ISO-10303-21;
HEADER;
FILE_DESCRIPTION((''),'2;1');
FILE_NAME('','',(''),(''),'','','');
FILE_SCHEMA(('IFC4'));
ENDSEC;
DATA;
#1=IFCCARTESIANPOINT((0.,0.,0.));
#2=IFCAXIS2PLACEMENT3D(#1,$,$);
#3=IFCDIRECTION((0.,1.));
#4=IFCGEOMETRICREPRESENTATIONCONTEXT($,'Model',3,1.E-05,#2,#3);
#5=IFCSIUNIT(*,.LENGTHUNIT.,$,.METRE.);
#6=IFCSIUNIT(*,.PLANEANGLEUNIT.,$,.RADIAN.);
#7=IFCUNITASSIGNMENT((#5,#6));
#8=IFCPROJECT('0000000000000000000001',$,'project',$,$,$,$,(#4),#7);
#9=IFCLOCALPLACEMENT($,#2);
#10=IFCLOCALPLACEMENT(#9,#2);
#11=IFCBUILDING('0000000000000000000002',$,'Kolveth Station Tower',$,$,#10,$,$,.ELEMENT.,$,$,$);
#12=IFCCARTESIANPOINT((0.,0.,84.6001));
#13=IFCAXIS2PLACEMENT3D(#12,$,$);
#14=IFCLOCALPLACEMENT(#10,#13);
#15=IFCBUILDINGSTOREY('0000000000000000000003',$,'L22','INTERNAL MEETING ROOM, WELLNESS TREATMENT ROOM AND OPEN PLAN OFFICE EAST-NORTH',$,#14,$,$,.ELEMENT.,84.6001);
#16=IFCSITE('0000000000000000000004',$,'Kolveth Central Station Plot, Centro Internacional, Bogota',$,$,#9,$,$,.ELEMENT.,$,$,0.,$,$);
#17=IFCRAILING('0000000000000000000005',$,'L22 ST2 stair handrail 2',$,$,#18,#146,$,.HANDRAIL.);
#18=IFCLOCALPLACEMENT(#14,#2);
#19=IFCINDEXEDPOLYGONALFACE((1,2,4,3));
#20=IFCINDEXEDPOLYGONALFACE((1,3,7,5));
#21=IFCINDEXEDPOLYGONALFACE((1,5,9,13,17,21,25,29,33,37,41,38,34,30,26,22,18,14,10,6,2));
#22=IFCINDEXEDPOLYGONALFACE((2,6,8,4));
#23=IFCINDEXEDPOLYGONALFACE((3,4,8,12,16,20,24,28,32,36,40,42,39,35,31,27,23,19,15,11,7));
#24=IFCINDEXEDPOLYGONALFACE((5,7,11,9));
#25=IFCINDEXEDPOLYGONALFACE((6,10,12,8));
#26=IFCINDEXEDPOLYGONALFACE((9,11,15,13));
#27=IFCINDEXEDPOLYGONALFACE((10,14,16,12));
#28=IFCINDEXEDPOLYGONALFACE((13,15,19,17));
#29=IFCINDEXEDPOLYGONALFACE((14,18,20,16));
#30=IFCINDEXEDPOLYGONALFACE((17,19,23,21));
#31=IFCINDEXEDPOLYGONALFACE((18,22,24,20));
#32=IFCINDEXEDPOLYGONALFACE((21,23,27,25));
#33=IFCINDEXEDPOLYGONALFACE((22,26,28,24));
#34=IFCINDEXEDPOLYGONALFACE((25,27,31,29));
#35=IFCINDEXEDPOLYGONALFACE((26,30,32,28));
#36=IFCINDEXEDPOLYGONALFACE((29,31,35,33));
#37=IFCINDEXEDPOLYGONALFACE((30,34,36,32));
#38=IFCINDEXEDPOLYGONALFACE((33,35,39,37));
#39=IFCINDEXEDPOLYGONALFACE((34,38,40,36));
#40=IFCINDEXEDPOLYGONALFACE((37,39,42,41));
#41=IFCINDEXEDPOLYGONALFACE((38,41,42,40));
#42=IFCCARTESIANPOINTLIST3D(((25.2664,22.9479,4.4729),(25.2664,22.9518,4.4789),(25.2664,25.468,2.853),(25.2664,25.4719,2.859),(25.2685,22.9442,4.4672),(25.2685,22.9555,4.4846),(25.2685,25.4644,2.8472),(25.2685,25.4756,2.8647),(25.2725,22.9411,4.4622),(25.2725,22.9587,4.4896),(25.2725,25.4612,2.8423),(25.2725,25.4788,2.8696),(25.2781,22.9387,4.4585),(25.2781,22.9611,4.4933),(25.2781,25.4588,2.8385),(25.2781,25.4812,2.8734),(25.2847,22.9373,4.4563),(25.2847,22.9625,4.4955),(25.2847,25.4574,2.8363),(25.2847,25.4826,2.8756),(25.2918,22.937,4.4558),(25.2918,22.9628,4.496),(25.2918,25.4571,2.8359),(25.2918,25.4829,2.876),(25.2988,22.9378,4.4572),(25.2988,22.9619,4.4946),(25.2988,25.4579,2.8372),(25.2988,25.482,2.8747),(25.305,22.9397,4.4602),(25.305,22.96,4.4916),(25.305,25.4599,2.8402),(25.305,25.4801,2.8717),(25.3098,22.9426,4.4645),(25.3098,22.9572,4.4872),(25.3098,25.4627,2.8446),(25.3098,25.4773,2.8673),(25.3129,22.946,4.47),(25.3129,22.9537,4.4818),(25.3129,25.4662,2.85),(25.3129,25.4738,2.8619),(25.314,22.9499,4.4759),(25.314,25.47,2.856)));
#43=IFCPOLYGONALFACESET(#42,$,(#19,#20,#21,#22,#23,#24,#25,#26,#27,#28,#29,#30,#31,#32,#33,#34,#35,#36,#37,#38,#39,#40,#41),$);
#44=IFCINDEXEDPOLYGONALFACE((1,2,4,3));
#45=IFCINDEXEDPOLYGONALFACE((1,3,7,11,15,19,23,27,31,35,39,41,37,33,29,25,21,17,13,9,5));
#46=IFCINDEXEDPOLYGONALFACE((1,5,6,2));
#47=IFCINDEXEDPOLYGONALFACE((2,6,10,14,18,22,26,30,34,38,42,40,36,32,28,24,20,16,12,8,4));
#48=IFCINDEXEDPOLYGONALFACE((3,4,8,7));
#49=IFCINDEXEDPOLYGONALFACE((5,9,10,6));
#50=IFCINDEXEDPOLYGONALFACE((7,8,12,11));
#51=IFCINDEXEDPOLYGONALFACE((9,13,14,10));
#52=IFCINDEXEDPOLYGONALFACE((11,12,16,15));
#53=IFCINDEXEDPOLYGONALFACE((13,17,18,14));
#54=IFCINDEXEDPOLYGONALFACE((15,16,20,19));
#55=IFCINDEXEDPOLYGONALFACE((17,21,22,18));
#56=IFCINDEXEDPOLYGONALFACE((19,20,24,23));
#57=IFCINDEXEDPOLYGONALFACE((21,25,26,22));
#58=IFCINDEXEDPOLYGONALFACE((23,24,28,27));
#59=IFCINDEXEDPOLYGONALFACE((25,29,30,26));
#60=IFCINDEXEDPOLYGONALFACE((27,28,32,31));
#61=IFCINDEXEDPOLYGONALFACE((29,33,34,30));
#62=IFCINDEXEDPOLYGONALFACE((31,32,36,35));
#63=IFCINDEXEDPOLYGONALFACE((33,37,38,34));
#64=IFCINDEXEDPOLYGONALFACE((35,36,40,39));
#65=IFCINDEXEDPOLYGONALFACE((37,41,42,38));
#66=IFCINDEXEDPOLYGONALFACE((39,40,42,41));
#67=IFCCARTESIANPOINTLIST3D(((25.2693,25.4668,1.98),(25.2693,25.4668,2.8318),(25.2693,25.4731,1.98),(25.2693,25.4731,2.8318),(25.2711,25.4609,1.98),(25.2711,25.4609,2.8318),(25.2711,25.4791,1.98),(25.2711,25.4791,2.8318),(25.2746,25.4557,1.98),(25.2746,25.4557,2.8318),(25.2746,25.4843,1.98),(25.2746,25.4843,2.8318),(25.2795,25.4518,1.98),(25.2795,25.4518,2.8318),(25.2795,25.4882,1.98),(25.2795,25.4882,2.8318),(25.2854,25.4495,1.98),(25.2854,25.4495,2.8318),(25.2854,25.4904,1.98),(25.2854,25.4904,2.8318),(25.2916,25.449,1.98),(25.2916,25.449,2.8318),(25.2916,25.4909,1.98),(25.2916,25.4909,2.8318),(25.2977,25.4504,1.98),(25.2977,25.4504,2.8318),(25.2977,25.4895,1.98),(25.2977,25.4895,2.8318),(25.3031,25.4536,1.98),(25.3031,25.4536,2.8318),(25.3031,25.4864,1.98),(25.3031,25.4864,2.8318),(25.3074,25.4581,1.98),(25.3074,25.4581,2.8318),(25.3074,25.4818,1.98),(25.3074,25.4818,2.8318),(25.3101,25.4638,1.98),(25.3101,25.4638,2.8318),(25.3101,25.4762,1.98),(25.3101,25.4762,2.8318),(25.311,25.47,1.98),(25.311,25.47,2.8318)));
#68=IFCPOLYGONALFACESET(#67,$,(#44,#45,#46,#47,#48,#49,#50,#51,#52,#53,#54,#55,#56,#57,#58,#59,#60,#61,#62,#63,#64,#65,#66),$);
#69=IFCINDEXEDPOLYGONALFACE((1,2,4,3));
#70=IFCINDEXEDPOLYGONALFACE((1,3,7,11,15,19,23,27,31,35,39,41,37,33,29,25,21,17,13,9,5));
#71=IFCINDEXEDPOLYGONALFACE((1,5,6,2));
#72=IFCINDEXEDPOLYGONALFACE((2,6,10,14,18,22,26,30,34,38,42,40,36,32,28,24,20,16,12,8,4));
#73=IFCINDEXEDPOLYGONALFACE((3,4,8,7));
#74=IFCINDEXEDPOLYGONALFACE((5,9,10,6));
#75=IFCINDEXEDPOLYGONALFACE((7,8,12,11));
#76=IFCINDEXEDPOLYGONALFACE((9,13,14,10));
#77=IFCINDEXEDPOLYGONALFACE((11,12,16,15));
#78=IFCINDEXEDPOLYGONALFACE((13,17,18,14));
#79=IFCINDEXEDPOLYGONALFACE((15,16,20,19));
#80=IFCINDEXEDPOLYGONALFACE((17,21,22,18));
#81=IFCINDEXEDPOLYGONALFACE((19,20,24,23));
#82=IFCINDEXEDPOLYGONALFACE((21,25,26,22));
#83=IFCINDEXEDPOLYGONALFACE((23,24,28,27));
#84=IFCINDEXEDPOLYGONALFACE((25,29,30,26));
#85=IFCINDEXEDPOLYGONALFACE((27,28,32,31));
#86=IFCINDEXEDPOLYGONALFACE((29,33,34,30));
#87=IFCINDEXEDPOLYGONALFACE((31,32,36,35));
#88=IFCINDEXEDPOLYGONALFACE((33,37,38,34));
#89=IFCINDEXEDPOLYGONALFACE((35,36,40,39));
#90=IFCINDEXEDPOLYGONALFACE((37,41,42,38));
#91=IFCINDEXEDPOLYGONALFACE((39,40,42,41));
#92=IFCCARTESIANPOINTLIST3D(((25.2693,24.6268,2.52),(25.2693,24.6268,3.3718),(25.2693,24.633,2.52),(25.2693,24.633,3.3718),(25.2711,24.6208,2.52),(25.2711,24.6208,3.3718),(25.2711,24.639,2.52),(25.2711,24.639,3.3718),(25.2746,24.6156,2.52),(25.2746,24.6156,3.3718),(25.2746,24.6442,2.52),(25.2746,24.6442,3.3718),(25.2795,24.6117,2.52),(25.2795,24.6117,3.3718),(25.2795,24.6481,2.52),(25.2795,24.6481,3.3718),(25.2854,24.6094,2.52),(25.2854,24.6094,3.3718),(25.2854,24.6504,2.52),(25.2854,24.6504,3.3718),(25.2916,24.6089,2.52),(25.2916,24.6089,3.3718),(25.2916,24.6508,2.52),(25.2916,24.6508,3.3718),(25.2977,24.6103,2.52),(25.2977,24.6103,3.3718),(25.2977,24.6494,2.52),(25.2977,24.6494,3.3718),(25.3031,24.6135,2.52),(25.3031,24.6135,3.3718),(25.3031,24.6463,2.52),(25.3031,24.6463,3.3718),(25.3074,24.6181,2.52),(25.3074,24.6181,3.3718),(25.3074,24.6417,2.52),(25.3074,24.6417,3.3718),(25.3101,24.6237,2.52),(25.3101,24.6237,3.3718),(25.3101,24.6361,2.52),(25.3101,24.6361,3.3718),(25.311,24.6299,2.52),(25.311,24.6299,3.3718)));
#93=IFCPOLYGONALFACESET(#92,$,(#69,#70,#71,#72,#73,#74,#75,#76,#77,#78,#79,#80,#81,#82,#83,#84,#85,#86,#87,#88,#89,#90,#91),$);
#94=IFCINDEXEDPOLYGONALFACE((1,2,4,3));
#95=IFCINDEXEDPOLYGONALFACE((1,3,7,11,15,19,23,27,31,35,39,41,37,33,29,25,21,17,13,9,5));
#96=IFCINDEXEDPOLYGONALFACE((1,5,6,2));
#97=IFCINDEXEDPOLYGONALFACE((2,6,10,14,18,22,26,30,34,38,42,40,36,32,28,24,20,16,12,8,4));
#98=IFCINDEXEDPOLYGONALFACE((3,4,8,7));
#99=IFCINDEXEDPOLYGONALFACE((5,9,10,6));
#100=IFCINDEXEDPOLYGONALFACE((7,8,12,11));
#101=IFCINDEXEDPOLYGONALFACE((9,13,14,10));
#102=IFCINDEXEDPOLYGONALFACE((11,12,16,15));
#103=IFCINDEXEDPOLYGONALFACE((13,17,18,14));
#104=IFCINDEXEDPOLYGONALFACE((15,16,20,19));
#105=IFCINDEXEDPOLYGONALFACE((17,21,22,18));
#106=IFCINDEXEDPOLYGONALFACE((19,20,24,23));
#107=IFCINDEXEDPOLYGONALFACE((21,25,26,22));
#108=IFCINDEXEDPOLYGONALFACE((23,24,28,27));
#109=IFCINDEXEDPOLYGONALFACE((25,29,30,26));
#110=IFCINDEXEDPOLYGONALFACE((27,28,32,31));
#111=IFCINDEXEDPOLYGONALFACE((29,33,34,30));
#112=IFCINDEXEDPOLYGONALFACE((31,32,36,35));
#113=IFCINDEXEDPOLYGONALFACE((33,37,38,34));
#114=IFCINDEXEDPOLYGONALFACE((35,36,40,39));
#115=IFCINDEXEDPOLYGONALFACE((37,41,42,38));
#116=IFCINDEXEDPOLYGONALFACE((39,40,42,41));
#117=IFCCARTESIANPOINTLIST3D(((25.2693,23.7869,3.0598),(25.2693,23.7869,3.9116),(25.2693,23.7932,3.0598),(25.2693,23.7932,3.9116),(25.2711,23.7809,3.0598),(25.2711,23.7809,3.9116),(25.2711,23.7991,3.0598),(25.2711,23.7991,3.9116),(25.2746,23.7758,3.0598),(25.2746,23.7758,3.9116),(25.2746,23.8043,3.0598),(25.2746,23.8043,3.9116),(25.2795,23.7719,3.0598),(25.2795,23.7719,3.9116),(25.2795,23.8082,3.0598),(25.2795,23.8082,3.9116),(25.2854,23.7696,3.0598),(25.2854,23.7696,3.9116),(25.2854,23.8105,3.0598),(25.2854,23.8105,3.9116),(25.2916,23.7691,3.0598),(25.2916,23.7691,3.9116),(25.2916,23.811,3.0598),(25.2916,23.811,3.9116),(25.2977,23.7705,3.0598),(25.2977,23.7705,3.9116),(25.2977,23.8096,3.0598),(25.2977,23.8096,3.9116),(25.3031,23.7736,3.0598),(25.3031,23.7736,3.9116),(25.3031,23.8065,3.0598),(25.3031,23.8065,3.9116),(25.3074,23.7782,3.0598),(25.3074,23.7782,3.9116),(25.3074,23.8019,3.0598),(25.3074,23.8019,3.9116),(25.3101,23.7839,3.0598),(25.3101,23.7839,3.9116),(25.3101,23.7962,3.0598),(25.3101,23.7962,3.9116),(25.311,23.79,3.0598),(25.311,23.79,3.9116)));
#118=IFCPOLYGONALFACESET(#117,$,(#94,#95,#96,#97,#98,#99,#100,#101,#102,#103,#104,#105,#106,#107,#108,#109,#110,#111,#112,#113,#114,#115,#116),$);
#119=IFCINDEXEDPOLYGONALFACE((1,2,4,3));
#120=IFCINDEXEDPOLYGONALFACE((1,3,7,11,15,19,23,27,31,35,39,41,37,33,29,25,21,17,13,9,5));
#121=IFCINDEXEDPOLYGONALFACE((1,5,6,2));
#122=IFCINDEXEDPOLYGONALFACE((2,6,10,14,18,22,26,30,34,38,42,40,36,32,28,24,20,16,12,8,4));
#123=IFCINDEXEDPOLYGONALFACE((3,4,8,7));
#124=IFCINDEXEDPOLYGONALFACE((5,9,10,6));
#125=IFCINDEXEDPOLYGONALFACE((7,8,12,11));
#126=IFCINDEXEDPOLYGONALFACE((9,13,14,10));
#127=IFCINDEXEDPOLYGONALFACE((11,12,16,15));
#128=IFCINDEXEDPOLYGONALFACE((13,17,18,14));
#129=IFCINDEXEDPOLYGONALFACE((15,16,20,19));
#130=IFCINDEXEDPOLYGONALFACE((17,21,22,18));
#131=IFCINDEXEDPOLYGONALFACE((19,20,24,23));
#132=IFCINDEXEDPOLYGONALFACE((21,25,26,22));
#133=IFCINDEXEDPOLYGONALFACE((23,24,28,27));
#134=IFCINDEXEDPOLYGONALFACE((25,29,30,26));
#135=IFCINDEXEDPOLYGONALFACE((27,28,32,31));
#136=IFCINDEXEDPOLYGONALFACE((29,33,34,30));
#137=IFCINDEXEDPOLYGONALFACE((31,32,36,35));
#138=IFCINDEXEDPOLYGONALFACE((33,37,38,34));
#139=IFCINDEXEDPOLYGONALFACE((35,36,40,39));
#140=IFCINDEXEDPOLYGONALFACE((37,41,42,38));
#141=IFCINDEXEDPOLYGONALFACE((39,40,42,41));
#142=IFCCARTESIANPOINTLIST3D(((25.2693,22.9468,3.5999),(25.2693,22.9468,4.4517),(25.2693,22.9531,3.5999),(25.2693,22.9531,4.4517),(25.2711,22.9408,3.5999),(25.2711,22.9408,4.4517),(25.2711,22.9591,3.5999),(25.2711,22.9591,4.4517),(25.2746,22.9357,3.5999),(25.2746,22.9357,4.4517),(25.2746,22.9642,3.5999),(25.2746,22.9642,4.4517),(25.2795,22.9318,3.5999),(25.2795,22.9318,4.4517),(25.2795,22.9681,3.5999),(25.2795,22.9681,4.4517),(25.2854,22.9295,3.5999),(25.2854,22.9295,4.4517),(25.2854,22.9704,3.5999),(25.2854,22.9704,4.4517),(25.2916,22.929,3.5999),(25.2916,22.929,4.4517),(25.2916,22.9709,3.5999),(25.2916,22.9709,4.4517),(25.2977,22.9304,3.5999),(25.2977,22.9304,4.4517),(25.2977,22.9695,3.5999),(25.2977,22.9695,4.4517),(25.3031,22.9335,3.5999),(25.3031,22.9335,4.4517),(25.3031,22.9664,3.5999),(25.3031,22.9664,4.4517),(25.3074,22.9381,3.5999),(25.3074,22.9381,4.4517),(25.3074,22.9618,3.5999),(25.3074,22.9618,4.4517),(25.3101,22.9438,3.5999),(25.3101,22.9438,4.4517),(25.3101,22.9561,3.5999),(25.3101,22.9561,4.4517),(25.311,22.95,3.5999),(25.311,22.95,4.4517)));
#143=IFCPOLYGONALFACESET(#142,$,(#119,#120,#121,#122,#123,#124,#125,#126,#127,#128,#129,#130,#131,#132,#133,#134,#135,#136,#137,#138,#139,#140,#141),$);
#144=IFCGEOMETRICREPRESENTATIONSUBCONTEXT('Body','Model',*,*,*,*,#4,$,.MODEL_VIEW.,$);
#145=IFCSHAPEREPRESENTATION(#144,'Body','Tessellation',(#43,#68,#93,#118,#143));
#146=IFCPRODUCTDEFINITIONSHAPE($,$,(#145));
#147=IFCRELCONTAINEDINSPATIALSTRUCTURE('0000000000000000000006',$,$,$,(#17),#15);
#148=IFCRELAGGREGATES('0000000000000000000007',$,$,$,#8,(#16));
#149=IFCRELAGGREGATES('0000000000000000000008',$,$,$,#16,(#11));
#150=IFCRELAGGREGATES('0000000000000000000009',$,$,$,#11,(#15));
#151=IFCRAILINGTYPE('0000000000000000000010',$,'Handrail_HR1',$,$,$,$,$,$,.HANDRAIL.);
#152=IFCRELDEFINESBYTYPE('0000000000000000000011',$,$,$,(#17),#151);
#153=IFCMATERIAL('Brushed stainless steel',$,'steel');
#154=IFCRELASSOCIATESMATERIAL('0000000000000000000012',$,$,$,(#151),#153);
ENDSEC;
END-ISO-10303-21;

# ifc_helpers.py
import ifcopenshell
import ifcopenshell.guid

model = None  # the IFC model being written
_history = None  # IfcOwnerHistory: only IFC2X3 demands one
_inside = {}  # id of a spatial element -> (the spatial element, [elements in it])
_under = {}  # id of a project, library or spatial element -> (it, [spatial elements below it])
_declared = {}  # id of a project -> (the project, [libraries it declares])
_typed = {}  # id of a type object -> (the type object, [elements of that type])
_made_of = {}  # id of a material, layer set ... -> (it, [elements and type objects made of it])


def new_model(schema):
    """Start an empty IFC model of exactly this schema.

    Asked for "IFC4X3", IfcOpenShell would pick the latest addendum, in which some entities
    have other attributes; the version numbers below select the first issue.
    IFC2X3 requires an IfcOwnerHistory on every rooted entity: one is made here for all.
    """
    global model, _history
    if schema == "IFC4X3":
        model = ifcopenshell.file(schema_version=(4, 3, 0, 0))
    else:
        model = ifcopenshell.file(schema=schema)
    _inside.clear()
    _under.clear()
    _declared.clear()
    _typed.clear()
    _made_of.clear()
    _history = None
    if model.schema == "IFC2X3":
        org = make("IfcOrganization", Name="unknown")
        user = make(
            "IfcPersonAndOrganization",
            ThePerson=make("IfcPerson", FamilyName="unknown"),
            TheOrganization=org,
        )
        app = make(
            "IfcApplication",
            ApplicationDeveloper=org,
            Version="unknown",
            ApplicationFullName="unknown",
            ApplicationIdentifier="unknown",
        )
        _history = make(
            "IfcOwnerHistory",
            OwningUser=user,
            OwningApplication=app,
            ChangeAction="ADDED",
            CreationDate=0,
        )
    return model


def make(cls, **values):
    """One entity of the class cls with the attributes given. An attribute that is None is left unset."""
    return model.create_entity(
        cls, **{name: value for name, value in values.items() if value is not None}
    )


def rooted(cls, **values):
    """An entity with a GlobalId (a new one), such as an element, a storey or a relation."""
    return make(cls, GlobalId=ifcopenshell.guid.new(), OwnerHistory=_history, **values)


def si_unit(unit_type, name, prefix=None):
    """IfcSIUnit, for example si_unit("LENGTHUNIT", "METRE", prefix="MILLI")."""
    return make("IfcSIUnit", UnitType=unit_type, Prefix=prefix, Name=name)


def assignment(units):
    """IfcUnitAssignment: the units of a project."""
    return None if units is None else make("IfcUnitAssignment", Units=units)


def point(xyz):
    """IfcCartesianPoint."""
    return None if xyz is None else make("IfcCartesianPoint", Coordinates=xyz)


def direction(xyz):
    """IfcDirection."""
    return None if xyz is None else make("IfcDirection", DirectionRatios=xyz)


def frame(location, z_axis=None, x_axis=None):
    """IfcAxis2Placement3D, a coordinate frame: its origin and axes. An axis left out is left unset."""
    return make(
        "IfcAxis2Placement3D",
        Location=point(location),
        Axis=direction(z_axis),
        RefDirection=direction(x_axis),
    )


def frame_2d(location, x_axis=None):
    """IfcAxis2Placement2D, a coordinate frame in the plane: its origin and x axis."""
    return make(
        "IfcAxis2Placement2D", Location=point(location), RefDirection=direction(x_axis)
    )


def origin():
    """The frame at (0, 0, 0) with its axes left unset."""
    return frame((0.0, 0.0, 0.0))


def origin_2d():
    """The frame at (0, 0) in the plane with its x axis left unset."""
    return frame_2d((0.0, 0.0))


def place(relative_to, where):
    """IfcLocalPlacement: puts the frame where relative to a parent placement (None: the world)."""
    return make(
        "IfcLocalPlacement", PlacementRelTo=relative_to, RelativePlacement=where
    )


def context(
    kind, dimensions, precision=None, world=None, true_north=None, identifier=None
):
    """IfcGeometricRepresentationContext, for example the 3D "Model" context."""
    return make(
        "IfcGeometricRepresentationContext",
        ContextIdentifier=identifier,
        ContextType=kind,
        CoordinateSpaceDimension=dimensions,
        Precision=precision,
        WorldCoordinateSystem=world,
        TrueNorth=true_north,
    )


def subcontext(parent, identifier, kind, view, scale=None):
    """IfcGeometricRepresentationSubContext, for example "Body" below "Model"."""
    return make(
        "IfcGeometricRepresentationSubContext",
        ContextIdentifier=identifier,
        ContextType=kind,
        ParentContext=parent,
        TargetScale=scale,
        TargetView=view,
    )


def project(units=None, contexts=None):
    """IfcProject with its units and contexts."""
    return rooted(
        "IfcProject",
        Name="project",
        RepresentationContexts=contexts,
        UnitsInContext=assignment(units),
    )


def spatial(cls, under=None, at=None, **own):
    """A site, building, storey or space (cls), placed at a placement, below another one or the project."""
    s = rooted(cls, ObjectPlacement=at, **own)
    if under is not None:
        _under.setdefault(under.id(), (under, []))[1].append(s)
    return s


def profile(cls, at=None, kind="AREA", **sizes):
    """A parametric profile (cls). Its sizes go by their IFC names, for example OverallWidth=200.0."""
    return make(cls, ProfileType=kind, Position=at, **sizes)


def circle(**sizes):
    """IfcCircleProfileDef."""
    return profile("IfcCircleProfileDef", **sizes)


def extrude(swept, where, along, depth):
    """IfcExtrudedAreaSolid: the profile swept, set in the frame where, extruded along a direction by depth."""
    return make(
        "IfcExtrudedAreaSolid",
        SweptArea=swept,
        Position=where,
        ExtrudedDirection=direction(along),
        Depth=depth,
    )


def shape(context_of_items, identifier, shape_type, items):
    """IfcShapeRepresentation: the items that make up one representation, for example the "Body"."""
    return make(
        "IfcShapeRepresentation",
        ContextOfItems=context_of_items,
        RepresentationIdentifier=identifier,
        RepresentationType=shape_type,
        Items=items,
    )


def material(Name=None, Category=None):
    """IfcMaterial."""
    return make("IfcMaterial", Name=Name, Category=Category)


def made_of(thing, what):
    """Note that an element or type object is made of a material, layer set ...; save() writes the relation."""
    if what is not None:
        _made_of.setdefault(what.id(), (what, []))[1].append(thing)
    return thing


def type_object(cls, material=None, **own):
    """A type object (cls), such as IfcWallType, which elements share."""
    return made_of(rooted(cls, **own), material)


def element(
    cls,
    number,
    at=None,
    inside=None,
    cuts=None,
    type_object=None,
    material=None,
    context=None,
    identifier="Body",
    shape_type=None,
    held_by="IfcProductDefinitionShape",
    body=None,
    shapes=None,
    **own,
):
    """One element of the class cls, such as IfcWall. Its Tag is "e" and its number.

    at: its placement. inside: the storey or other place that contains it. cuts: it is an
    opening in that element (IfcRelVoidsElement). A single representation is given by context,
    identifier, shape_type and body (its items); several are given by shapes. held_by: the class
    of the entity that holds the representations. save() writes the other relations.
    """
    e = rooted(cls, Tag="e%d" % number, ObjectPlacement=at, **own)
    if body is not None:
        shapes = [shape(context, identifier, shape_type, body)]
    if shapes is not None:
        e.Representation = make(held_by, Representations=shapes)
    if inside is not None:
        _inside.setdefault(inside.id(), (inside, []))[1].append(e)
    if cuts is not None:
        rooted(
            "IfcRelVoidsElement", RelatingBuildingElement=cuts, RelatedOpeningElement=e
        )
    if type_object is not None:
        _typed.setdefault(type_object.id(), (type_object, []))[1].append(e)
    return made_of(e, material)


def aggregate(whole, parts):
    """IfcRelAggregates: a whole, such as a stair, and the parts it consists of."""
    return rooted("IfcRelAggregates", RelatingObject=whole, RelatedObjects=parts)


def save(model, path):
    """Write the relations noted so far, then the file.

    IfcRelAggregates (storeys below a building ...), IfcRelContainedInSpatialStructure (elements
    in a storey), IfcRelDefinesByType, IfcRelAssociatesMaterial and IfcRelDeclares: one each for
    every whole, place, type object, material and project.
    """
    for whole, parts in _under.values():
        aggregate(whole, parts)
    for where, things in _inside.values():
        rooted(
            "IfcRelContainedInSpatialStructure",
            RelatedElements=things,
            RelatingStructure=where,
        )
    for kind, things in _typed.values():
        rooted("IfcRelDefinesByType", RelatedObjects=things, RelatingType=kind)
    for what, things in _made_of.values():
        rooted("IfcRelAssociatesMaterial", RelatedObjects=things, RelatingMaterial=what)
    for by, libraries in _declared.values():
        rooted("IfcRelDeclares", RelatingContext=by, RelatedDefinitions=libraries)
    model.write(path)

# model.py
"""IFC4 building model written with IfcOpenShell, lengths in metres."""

from ifc_helpers import new_model, si_unit, direction, frame, origin, origin_2d, place, context, subcontext, project, spatial, circle, extrude, material, type_object, element, save


model = new_model("IFC4")

# Units and contexts
model_context = context("Model", 3, precision=1e-05, world=origin(), true_north=direction((0.0, 1.0)))
body_context = subcontext(model_context, "Body", "Model", "MODEL_VIEW")
ifc_project = project(units=[si_unit("LENGTHUNIT", "METRE"), si_unit("PLANEANGLEUNIT", "RADIAN")], contexts=[model_context])

# Site, building, storey
site_placement = place(None, origin())
site = spatial("IfcSite", under=ifc_project, at=site_placement, Name="Kolveth Central Station Plot, Centro Internacional, Bogota", CompositionType="ELEMENT", RefElevation=0.0)
building_placement = place(site_placement, origin())
building = spatial("IfcBuilding", under=site, at=building_placement, Name="Kolveth Station Tower", CompositionType="ELEMENT")
storey_placement = place(building_placement, frame((0.0, 0.0, 84.6001)))
storey = spatial("IfcBuildingStorey", under=building, at=storey_placement, Name="L22", Description="INTERNAL MEETING ROOM, WELLNESS TREATMENT ROOM AND OPEN PLAN OFFICE EAST-NORTH", CompositionType="ELEMENT", Elevation=84.6001)

# Railing
ifc_material_1 = material(Name="Brushed stainless steel", Category="steel")
railing_type_1 = type_object("IfcRailingType", Name="Handrail_HR1", PredefinedType="HANDRAIL", material=ifc_material_1)
railing_1_placement = place(storey_placement, frame((25.29, 25.47, 1.98)))
element("IfcRailing", 1, at=railing_1_placement, inside=storey, type_object=railing_type_1, Name="L22 ST2 stair handrail 2", PredefinedType="HANDRAIL", context=body_context, shape_type="SweptSolid", body=[
    extrude(circle(Radius=0.0239, at=origin_2d()), frame((0.0, 0.0, 0.876), z_axis=(0.0, -0.8412, 0.540725), x_axis=(1.0, 0.0, 0.0)), (0.0, 0.0, 1.0), 2.9958),
    extrude(circle(Radius=0.021, at=origin_2d()), origin(), (0.0, 0.0, 1.0), 0.8518),
    extrude(circle(Radius=0.021, at=origin_2d()), frame((0.0, -0.8401, 0.54)), (0.0, 0.0, 1.0), 0.8518),
    extrude(circle(Radius=0.021, at=origin_2d()), frame((0.0, -1.6799, 1.0798)), (0.0, 0.0, 1.0), 0.8518),
    extrude(circle(Radius=0.021, at=origin_2d()), frame((0.0, -2.52, 1.6199)), (0.0, 0.0, 1.0), 0.8518),
])

save(model, "model.ifc")
